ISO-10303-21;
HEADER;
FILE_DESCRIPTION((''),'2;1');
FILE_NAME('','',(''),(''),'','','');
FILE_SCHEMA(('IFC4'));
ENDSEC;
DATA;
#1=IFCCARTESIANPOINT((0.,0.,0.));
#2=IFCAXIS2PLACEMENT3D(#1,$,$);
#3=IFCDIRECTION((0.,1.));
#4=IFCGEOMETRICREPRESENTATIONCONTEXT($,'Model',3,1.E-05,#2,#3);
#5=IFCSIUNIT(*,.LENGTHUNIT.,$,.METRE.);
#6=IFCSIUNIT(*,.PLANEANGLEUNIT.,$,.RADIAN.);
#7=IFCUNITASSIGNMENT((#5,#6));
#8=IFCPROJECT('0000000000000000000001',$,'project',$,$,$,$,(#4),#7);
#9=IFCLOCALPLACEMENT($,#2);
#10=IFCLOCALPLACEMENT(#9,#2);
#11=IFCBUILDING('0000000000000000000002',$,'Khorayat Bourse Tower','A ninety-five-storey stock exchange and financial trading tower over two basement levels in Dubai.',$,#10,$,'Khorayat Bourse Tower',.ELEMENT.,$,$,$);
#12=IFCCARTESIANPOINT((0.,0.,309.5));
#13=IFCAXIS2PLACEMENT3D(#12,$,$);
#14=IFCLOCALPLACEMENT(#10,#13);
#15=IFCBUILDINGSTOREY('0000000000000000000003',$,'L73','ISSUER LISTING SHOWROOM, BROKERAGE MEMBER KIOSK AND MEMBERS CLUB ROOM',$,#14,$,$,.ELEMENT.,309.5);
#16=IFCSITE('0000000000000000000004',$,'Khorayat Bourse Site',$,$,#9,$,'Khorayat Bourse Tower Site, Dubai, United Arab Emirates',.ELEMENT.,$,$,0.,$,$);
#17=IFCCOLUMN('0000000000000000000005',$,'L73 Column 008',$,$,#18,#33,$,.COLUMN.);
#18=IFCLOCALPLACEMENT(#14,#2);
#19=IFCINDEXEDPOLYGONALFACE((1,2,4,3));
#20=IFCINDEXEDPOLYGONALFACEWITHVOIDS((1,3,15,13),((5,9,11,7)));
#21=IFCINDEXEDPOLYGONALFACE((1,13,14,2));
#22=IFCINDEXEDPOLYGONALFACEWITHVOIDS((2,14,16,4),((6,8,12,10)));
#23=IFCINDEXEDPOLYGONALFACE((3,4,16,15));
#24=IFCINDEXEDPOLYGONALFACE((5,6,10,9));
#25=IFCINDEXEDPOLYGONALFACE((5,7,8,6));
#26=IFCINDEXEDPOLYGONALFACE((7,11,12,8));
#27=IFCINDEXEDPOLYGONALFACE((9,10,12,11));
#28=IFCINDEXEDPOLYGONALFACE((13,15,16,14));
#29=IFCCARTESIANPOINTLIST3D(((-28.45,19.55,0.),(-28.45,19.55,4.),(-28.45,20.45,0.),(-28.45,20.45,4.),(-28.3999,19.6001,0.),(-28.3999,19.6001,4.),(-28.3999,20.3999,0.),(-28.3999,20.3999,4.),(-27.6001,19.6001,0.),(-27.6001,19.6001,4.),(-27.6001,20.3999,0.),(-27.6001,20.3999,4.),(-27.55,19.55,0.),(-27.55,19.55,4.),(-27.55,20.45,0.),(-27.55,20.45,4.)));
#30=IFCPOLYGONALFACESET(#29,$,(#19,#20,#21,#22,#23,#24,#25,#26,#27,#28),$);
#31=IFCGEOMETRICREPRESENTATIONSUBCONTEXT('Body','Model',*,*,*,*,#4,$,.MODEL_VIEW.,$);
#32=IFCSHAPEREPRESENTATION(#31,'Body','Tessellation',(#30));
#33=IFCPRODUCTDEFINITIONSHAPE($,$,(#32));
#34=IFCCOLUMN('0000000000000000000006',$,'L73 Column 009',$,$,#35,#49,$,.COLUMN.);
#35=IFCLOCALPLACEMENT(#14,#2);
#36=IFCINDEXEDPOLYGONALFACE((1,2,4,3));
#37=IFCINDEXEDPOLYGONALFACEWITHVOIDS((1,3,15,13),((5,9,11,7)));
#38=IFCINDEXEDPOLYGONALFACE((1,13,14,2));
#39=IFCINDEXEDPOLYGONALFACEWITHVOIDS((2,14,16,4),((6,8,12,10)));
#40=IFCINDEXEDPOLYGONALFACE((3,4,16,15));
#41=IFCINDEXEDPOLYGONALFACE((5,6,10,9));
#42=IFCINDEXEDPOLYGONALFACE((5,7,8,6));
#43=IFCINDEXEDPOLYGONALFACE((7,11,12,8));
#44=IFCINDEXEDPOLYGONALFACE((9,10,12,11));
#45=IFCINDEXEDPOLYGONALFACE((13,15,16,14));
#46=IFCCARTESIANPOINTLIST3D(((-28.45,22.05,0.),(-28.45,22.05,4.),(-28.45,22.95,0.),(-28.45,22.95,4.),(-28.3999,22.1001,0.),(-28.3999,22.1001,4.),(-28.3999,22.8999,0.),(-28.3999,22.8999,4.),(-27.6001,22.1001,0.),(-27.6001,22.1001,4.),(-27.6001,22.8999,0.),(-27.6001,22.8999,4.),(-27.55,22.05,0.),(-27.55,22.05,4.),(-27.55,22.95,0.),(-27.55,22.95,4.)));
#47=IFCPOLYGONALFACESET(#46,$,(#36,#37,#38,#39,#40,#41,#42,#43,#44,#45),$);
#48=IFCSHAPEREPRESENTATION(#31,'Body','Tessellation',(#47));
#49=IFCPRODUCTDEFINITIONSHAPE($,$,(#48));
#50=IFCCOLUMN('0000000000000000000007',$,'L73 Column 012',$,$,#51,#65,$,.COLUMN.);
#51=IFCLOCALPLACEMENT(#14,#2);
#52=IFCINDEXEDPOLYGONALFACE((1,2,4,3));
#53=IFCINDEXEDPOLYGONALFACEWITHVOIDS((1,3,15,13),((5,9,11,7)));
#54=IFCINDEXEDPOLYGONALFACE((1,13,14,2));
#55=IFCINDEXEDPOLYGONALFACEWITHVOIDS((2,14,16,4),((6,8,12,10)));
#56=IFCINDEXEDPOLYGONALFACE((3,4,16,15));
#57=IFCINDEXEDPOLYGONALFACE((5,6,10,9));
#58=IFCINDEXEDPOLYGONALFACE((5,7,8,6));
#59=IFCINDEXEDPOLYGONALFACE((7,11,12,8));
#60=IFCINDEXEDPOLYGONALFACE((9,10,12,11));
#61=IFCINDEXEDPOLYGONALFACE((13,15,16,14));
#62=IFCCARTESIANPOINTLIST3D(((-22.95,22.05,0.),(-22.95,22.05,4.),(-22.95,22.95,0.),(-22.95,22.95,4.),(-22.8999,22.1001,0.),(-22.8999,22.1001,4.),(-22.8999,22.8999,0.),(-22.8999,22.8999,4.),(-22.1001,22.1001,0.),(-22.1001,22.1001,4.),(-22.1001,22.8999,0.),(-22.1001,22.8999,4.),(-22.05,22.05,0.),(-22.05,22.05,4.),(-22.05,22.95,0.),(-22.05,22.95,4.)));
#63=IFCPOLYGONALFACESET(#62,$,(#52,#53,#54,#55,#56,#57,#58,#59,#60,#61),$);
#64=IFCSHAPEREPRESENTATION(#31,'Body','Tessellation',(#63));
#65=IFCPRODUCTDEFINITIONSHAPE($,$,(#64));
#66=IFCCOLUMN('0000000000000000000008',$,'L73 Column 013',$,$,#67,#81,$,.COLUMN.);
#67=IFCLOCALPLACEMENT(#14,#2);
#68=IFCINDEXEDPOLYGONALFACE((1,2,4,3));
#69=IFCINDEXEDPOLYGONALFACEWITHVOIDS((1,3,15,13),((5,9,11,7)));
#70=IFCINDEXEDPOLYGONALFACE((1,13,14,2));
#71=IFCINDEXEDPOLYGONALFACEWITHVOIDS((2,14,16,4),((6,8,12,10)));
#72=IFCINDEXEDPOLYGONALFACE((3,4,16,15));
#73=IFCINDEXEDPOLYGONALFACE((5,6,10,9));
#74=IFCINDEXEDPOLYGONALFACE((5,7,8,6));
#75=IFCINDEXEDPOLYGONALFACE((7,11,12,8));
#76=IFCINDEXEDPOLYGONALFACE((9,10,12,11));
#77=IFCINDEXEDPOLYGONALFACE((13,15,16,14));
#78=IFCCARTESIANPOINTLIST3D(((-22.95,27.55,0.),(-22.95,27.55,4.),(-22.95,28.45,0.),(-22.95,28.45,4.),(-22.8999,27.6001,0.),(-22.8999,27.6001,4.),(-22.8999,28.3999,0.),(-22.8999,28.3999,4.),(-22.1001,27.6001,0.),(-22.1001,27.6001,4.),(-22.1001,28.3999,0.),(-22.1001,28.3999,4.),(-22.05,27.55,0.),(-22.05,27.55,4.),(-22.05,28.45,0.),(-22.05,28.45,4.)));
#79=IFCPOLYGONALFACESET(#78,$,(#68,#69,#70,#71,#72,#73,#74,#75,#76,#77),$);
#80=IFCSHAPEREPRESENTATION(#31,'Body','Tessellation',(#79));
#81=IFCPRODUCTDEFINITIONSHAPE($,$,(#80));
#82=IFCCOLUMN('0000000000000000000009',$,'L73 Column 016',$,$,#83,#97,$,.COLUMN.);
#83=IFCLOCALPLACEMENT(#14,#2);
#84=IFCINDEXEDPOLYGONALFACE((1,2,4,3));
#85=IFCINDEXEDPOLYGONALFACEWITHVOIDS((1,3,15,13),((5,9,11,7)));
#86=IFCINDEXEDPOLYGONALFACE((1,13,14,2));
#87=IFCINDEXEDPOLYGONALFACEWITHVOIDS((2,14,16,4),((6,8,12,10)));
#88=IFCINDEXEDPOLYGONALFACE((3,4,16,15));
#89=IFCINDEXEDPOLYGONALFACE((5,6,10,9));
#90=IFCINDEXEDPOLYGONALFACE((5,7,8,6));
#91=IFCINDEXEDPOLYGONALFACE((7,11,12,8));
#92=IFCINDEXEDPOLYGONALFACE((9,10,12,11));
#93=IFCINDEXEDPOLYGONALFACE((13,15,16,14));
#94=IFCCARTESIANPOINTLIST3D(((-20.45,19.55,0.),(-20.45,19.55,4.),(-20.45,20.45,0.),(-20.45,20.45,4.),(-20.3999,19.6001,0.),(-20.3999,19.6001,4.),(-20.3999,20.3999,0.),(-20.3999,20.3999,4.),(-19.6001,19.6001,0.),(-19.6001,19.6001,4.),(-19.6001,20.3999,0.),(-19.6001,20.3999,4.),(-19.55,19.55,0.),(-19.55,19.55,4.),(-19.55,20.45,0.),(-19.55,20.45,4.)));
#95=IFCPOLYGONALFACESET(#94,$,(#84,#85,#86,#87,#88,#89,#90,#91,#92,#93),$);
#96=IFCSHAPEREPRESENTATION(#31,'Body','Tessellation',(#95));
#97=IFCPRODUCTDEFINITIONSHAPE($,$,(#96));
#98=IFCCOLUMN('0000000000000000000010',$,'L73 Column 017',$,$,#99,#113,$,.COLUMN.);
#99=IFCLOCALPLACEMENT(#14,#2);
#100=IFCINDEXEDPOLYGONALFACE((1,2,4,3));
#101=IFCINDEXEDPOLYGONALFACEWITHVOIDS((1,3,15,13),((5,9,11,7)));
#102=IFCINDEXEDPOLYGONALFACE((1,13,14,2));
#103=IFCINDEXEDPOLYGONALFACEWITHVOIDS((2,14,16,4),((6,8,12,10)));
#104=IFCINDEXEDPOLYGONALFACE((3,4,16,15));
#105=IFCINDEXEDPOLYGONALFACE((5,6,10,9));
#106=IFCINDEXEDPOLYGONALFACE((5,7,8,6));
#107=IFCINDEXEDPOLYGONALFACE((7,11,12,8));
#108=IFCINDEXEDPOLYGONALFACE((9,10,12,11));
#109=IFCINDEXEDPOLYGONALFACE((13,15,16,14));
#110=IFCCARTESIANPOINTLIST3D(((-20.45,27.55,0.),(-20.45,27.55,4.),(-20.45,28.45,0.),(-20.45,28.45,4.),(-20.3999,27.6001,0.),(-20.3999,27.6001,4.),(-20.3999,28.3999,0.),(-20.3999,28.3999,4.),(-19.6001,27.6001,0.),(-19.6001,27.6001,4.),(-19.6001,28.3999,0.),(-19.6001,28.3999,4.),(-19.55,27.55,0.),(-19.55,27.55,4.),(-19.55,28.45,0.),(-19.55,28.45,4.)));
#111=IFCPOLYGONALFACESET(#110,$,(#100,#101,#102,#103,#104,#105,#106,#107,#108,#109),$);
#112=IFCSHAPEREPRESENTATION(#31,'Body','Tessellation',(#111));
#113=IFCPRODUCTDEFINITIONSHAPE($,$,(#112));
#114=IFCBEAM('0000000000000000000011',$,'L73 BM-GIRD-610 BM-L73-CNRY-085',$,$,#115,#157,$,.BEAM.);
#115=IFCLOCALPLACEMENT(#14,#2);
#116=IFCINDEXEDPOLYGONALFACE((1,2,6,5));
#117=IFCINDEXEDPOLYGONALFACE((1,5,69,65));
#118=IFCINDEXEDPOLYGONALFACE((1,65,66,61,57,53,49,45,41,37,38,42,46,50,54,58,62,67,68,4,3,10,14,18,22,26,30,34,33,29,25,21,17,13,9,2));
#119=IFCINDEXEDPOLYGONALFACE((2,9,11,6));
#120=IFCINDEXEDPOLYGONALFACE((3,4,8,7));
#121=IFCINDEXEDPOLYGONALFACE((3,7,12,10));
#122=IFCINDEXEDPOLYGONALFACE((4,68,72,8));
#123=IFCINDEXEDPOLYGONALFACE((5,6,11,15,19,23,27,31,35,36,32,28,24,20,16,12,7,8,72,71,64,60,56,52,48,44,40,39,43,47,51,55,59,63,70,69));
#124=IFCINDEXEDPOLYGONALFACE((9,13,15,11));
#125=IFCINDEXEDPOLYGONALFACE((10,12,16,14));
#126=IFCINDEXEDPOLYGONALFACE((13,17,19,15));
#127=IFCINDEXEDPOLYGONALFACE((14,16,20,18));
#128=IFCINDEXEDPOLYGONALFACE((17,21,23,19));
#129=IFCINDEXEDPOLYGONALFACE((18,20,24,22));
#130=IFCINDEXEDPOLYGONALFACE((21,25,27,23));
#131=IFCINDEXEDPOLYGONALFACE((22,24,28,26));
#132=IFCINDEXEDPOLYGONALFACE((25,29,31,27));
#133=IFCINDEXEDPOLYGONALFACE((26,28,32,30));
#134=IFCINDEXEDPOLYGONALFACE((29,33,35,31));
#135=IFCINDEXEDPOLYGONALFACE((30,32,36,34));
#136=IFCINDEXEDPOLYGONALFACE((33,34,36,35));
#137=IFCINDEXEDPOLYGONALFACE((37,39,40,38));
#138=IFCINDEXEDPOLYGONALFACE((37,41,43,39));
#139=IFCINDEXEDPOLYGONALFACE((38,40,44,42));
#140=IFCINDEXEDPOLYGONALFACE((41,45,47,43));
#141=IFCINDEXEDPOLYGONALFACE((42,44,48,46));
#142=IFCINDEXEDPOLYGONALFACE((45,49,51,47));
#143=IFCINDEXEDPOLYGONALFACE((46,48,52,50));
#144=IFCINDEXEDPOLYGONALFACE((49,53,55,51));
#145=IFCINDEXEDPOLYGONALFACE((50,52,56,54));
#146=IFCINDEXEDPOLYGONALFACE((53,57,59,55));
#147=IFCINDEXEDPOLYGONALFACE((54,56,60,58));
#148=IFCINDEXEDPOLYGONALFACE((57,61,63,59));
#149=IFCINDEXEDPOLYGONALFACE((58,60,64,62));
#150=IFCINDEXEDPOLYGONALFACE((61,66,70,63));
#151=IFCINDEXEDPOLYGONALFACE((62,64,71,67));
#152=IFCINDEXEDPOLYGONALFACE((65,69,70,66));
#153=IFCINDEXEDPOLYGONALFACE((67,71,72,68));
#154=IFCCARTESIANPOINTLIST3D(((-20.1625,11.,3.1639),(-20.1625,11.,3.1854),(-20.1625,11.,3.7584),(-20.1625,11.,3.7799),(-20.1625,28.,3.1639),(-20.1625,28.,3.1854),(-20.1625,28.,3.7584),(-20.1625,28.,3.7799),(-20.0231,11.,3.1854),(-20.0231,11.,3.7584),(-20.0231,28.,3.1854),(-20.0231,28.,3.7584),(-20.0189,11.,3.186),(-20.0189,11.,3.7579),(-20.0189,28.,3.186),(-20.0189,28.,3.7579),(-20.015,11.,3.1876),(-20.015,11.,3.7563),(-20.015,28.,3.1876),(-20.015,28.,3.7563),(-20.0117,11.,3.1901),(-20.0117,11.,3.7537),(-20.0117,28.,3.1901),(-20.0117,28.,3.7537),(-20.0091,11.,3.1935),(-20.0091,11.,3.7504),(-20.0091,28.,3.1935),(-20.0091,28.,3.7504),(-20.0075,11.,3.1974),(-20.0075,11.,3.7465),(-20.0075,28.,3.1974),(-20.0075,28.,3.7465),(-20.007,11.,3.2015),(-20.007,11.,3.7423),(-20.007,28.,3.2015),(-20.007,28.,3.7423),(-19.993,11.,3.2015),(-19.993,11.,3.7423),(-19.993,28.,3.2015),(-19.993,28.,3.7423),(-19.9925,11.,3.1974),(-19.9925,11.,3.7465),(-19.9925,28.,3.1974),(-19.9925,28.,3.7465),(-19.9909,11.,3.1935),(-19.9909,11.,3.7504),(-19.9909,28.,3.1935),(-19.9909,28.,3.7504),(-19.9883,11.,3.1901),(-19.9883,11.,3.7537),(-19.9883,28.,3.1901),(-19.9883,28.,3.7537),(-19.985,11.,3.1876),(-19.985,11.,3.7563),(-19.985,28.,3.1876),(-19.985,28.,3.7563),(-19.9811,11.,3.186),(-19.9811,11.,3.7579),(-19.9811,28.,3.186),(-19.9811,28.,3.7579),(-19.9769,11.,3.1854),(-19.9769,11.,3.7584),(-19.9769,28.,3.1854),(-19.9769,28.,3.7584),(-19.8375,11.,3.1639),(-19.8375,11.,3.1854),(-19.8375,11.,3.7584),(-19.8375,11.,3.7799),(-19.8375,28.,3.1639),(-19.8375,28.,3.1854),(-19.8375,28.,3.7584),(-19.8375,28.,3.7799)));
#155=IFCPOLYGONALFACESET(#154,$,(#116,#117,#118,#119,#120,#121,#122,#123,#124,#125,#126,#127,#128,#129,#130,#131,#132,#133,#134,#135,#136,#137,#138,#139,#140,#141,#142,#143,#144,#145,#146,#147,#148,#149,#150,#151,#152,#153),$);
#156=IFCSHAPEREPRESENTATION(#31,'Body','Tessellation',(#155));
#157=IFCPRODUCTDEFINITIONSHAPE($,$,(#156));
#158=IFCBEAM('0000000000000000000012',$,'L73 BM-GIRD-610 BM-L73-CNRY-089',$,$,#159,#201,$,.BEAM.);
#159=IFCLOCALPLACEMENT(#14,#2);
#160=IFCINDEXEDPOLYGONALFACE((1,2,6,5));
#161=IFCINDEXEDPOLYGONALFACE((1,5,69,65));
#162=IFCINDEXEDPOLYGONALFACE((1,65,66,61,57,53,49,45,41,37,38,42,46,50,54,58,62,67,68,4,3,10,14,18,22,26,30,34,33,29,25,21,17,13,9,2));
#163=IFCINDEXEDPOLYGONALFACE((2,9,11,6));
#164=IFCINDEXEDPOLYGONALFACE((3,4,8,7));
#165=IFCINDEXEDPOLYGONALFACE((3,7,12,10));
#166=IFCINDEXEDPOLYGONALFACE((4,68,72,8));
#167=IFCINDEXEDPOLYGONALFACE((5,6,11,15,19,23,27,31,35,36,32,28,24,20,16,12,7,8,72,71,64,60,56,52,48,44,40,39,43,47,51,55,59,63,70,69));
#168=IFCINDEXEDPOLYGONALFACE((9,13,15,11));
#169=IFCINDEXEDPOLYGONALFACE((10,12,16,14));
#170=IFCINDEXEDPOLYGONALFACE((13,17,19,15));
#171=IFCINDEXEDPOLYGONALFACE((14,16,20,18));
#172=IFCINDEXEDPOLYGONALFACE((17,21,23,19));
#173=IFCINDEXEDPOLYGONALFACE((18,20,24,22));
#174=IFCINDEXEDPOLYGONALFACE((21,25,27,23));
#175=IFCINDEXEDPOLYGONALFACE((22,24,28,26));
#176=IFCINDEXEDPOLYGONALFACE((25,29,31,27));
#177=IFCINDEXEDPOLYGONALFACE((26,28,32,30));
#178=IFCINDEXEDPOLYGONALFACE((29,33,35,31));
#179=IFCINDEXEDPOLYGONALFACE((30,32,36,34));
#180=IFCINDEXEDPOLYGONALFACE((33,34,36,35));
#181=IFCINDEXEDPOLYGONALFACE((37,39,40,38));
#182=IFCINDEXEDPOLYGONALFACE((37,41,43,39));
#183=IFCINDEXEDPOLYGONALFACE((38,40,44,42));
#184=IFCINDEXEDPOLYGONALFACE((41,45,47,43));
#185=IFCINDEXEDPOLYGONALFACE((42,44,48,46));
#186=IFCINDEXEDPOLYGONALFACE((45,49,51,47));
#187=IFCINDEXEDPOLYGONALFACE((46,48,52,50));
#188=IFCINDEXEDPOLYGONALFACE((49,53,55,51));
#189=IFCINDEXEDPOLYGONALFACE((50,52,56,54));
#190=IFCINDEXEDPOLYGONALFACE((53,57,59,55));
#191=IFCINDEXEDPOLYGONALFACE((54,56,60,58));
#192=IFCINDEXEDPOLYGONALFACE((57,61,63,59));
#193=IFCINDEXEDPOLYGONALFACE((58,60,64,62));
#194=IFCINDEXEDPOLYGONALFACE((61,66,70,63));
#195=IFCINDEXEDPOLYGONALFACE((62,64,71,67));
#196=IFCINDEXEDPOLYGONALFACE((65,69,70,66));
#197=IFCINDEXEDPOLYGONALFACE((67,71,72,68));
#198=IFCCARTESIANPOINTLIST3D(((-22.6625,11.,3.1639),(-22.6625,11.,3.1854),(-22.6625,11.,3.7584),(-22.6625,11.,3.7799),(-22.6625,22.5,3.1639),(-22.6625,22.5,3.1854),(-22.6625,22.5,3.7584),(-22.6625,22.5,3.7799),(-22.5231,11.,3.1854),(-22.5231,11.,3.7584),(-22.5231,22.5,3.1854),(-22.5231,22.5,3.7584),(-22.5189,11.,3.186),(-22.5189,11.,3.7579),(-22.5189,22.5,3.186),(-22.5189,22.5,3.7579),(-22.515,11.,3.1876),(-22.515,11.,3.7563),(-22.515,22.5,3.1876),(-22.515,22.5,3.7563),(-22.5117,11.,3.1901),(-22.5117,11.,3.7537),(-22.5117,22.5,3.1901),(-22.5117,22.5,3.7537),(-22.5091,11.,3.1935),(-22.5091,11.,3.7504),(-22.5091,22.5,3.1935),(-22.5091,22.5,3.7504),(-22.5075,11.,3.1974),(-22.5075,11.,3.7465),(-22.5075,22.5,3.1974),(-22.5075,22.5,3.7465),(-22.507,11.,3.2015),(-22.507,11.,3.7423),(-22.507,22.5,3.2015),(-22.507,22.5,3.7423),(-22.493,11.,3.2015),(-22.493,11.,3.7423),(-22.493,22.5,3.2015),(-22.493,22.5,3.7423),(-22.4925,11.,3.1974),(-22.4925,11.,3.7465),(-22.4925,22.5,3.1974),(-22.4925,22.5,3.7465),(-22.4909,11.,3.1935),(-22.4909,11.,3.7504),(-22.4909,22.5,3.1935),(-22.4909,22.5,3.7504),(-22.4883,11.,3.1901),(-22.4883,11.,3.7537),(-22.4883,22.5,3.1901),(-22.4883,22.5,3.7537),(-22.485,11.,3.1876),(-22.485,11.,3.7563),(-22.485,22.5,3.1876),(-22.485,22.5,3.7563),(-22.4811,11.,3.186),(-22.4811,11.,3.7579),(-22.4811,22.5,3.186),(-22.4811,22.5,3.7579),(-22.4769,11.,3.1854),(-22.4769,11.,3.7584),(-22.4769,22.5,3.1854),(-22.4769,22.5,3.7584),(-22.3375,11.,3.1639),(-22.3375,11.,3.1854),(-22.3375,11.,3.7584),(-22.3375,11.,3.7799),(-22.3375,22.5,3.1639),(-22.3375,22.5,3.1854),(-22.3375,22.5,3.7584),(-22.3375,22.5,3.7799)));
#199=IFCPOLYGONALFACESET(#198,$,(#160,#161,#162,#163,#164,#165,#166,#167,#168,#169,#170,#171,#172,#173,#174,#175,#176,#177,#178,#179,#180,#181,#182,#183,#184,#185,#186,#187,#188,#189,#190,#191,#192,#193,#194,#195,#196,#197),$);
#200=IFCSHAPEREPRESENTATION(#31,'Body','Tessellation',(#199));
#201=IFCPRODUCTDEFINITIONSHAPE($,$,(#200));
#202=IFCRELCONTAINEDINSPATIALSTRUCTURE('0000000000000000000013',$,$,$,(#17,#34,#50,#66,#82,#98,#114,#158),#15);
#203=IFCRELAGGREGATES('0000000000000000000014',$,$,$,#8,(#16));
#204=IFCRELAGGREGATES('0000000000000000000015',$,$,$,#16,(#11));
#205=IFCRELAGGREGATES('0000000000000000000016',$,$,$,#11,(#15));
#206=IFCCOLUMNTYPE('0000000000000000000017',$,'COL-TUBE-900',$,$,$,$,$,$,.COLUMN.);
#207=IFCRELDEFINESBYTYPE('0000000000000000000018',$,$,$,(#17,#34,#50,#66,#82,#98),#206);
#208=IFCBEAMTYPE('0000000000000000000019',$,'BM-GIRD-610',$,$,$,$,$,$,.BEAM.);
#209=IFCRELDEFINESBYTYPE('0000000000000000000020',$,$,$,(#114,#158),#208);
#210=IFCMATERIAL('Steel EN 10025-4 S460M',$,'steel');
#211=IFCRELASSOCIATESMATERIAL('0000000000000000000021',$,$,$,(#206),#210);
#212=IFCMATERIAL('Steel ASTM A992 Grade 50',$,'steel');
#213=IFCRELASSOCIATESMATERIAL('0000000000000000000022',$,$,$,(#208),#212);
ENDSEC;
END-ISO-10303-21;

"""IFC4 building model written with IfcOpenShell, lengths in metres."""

from ifc_helpers import new_model, si_unit, direction, frame, origin, origin_2d, place, context, subcontext, project, spatial, hollow_rectangle, i_section, extrude, source, transform, mapped, material, material_profile, profile_set, type_object, element, save


model = new_model("IFC4")

# Units and contexts
model_context = context("Model", 3, precision=1e-05, world=origin(), true_north=direction((0.0, 1.0)))
body_context = subcontext(model_context, "Body", "Model", "MODEL_VIEW")
ifc_project = project(units=[si_unit("LENGTHUNIT", "METRE"), si_unit("PLANEANGLEUNIT", "RADIAN")], contexts=[model_context])

# Site, building, storey
site_placement = place(None, origin())
site = spatial("IfcSite", under=ifc_project, at=site_placement, Name="Khorayat Bourse Site", LongName="Khorayat Bourse Tower Site, Dubai, United Arab Emirates", CompositionType="ELEMENT", RefElevation=0.0)
building_placement = place(site_placement, origin())
building = spatial("IfcBuilding", under=site, at=building_placement, Name="Khorayat Bourse Tower", Description="A ninety-five-storey stock exchange and financial trading tower over two basement levels in Dubai.", LongName="Khorayat Bourse Tower", CompositionType="ELEMENT")
storey_placement = place(building_placement, frame((0.0, 0.0, 309.5)))
storey = spatial("IfcBuildingStorey", under=building, at=storey_placement, Name="L73", Description="ISSUER LISTING SHOWROOM, BROKERAGE MEMBER KIOSK AND MEMBERS CLUB ROOM", CompositionType="ELEMENT", Elevation=309.5)

# Columns
ifc_material_1 = material(Name="Steel EN 10025-4 S460M", Category="steel")
ifc_material_profile_1 = material_profile(ifc_material_1, hollow_rectangle(XDim=0.8999, YDim=0.8999, WallThickness=0.05, at=origin_2d()), Name="BOX 900x900x50")
ifc_profile_set_1 = profile_set([ifc_material_profile_1], Name="Steel EN 10025-4 S460M")
column_type = type_object("IfcColumnType", Name="COL-TUBE-900", PredefinedType="COLUMN", material=ifc_profile_set_1)
shared_shape_1 = source(origin(), body_context, "Body", "SweptSolid", [
    extrude(hollow_rectangle(XDim=0.8999, YDim=0.8999, WallThickness=0.05, at=origin_2d()), origin(), (0.0, 0.0, 1.0), 4.0),
])
for number, where, z_axis, x_axis, name in (
    (1, (-28.0, 20.0, 0.0), (0.0, 0.0, 1.0), (1.0, 0.0, 0.0), "L73 Column 008"),
    (2, (-28.0, 22.5, 0.0), (0.0, 0.0, 1.0), (1.0, 0.0, 0.0), "L73 Column 009"),
    (3, (-22.5, 22.5, 0.0), (0.0, 0.0, 1.0), (1.0, 0.0, 0.0), "L73 Column 012"),
    (4, (-22.5, 28.0, 0.0), (0.0, 0.0, 1.0), (1.0, 0.0, 0.0), "L73 Column 013"),
    (5, (-20.0, 20.0, 0.0), (0.0, 0.0, 1.0), (1.0, 0.0, 0.0), "L73 Column 016"),
    (6, (-20.0, 28.0, 0.0), (0.0, 0.0, 1.0), (1.0, 0.0, 0.0), "L73 Column 017"),
):
    element("IfcColumn", number, at=place(storey_placement, frame(where, z_axis=z_axis, x_axis=x_axis)), inside=storey, type_object=column_type, Name=name, PredefinedType="COLUMN", context=body_context, shape_type="MappedRepresentation", body=[
        mapped(shared_shape_1, transform((0.0, 0.0, 0.0), scale=1.0)),
    ])

# Beams
ifc_material_2 = material(Name="Steel ASTM A992 Grade 50", Category="steel")
ifc_material_profile_2 = material_profile(ifc_material_2, i_section(OverallWidth=0.325, OverallDepth=0.616, WebThickness=0.0139, FlangeThickness=0.0215, FilletRadius=0.0161, at=origin_2d()), Name="W610X174")
ifc_profile_set_2 = profile_set([ifc_material_profile_2], Name="Steel ASTM A992 Grade 50")
beam_type_1 = type_object("IfcBeamType", Name="BM-GIRD-610", PredefinedType="BEAM", material=ifc_profile_set_2)
shared_shape_2 = source(origin(), body_context, "Body", "SweptSolid", [
    extrude(i_section(OverallWidth=0.325, OverallDepth=0.616, WebThickness=0.0139, FlangeThickness=0.0215, FilletRadius=0.0161, at=origin_2d()), origin(), (0.0, 0.0, 1.0), 17.0),
])
beam_1_placement = place(storey_placement, frame((-20.0, 11.0, 3.4719), z_axis=(0.0, 1.0, 0.0), x_axis=(-1.0, 0.0, 0.0)))
element("IfcBeam", 7, at=beam_1_placement, inside=storey, type_object=beam_type_1, Name="L73 BM-GIRD-610 BM-L73-CNRY-085", PredefinedType="BEAM", context=body_context, shape_type="MappedRepresentation", body=[
    mapped(shared_shape_2, transform((0.0, 0.0, 0.0), scale=1.0)),
])
shared_shape_3 = source(origin(), body_context, "Body", "SweptSolid", [
    extrude(i_section(OverallWidth=0.325, OverallDepth=0.616, WebThickness=0.0139, FlangeThickness=0.0215, FilletRadius=0.0161, at=origin_2d()), origin(), (0.0, 0.0, 1.0), 11.5),
])
beam_2_placement = place(storey_placement, frame((-22.5, 11.0, 3.4719), z_axis=(0.0, 1.0, 0.0), x_axis=(-1.0, 0.0, 0.0)))
element("IfcBeam", 8, at=beam_2_placement, inside=storey, type_object=beam_type_1, Name="L73 BM-GIRD-610 BM-L73-CNRY-089", PredefinedType="BEAM", context=body_context, shape_type="MappedRepresentation", body=[
    mapped(shared_shape_3, transform((0.0, 0.0, 0.0), scale=1.0)),
])

save(model, "model.ifc")
